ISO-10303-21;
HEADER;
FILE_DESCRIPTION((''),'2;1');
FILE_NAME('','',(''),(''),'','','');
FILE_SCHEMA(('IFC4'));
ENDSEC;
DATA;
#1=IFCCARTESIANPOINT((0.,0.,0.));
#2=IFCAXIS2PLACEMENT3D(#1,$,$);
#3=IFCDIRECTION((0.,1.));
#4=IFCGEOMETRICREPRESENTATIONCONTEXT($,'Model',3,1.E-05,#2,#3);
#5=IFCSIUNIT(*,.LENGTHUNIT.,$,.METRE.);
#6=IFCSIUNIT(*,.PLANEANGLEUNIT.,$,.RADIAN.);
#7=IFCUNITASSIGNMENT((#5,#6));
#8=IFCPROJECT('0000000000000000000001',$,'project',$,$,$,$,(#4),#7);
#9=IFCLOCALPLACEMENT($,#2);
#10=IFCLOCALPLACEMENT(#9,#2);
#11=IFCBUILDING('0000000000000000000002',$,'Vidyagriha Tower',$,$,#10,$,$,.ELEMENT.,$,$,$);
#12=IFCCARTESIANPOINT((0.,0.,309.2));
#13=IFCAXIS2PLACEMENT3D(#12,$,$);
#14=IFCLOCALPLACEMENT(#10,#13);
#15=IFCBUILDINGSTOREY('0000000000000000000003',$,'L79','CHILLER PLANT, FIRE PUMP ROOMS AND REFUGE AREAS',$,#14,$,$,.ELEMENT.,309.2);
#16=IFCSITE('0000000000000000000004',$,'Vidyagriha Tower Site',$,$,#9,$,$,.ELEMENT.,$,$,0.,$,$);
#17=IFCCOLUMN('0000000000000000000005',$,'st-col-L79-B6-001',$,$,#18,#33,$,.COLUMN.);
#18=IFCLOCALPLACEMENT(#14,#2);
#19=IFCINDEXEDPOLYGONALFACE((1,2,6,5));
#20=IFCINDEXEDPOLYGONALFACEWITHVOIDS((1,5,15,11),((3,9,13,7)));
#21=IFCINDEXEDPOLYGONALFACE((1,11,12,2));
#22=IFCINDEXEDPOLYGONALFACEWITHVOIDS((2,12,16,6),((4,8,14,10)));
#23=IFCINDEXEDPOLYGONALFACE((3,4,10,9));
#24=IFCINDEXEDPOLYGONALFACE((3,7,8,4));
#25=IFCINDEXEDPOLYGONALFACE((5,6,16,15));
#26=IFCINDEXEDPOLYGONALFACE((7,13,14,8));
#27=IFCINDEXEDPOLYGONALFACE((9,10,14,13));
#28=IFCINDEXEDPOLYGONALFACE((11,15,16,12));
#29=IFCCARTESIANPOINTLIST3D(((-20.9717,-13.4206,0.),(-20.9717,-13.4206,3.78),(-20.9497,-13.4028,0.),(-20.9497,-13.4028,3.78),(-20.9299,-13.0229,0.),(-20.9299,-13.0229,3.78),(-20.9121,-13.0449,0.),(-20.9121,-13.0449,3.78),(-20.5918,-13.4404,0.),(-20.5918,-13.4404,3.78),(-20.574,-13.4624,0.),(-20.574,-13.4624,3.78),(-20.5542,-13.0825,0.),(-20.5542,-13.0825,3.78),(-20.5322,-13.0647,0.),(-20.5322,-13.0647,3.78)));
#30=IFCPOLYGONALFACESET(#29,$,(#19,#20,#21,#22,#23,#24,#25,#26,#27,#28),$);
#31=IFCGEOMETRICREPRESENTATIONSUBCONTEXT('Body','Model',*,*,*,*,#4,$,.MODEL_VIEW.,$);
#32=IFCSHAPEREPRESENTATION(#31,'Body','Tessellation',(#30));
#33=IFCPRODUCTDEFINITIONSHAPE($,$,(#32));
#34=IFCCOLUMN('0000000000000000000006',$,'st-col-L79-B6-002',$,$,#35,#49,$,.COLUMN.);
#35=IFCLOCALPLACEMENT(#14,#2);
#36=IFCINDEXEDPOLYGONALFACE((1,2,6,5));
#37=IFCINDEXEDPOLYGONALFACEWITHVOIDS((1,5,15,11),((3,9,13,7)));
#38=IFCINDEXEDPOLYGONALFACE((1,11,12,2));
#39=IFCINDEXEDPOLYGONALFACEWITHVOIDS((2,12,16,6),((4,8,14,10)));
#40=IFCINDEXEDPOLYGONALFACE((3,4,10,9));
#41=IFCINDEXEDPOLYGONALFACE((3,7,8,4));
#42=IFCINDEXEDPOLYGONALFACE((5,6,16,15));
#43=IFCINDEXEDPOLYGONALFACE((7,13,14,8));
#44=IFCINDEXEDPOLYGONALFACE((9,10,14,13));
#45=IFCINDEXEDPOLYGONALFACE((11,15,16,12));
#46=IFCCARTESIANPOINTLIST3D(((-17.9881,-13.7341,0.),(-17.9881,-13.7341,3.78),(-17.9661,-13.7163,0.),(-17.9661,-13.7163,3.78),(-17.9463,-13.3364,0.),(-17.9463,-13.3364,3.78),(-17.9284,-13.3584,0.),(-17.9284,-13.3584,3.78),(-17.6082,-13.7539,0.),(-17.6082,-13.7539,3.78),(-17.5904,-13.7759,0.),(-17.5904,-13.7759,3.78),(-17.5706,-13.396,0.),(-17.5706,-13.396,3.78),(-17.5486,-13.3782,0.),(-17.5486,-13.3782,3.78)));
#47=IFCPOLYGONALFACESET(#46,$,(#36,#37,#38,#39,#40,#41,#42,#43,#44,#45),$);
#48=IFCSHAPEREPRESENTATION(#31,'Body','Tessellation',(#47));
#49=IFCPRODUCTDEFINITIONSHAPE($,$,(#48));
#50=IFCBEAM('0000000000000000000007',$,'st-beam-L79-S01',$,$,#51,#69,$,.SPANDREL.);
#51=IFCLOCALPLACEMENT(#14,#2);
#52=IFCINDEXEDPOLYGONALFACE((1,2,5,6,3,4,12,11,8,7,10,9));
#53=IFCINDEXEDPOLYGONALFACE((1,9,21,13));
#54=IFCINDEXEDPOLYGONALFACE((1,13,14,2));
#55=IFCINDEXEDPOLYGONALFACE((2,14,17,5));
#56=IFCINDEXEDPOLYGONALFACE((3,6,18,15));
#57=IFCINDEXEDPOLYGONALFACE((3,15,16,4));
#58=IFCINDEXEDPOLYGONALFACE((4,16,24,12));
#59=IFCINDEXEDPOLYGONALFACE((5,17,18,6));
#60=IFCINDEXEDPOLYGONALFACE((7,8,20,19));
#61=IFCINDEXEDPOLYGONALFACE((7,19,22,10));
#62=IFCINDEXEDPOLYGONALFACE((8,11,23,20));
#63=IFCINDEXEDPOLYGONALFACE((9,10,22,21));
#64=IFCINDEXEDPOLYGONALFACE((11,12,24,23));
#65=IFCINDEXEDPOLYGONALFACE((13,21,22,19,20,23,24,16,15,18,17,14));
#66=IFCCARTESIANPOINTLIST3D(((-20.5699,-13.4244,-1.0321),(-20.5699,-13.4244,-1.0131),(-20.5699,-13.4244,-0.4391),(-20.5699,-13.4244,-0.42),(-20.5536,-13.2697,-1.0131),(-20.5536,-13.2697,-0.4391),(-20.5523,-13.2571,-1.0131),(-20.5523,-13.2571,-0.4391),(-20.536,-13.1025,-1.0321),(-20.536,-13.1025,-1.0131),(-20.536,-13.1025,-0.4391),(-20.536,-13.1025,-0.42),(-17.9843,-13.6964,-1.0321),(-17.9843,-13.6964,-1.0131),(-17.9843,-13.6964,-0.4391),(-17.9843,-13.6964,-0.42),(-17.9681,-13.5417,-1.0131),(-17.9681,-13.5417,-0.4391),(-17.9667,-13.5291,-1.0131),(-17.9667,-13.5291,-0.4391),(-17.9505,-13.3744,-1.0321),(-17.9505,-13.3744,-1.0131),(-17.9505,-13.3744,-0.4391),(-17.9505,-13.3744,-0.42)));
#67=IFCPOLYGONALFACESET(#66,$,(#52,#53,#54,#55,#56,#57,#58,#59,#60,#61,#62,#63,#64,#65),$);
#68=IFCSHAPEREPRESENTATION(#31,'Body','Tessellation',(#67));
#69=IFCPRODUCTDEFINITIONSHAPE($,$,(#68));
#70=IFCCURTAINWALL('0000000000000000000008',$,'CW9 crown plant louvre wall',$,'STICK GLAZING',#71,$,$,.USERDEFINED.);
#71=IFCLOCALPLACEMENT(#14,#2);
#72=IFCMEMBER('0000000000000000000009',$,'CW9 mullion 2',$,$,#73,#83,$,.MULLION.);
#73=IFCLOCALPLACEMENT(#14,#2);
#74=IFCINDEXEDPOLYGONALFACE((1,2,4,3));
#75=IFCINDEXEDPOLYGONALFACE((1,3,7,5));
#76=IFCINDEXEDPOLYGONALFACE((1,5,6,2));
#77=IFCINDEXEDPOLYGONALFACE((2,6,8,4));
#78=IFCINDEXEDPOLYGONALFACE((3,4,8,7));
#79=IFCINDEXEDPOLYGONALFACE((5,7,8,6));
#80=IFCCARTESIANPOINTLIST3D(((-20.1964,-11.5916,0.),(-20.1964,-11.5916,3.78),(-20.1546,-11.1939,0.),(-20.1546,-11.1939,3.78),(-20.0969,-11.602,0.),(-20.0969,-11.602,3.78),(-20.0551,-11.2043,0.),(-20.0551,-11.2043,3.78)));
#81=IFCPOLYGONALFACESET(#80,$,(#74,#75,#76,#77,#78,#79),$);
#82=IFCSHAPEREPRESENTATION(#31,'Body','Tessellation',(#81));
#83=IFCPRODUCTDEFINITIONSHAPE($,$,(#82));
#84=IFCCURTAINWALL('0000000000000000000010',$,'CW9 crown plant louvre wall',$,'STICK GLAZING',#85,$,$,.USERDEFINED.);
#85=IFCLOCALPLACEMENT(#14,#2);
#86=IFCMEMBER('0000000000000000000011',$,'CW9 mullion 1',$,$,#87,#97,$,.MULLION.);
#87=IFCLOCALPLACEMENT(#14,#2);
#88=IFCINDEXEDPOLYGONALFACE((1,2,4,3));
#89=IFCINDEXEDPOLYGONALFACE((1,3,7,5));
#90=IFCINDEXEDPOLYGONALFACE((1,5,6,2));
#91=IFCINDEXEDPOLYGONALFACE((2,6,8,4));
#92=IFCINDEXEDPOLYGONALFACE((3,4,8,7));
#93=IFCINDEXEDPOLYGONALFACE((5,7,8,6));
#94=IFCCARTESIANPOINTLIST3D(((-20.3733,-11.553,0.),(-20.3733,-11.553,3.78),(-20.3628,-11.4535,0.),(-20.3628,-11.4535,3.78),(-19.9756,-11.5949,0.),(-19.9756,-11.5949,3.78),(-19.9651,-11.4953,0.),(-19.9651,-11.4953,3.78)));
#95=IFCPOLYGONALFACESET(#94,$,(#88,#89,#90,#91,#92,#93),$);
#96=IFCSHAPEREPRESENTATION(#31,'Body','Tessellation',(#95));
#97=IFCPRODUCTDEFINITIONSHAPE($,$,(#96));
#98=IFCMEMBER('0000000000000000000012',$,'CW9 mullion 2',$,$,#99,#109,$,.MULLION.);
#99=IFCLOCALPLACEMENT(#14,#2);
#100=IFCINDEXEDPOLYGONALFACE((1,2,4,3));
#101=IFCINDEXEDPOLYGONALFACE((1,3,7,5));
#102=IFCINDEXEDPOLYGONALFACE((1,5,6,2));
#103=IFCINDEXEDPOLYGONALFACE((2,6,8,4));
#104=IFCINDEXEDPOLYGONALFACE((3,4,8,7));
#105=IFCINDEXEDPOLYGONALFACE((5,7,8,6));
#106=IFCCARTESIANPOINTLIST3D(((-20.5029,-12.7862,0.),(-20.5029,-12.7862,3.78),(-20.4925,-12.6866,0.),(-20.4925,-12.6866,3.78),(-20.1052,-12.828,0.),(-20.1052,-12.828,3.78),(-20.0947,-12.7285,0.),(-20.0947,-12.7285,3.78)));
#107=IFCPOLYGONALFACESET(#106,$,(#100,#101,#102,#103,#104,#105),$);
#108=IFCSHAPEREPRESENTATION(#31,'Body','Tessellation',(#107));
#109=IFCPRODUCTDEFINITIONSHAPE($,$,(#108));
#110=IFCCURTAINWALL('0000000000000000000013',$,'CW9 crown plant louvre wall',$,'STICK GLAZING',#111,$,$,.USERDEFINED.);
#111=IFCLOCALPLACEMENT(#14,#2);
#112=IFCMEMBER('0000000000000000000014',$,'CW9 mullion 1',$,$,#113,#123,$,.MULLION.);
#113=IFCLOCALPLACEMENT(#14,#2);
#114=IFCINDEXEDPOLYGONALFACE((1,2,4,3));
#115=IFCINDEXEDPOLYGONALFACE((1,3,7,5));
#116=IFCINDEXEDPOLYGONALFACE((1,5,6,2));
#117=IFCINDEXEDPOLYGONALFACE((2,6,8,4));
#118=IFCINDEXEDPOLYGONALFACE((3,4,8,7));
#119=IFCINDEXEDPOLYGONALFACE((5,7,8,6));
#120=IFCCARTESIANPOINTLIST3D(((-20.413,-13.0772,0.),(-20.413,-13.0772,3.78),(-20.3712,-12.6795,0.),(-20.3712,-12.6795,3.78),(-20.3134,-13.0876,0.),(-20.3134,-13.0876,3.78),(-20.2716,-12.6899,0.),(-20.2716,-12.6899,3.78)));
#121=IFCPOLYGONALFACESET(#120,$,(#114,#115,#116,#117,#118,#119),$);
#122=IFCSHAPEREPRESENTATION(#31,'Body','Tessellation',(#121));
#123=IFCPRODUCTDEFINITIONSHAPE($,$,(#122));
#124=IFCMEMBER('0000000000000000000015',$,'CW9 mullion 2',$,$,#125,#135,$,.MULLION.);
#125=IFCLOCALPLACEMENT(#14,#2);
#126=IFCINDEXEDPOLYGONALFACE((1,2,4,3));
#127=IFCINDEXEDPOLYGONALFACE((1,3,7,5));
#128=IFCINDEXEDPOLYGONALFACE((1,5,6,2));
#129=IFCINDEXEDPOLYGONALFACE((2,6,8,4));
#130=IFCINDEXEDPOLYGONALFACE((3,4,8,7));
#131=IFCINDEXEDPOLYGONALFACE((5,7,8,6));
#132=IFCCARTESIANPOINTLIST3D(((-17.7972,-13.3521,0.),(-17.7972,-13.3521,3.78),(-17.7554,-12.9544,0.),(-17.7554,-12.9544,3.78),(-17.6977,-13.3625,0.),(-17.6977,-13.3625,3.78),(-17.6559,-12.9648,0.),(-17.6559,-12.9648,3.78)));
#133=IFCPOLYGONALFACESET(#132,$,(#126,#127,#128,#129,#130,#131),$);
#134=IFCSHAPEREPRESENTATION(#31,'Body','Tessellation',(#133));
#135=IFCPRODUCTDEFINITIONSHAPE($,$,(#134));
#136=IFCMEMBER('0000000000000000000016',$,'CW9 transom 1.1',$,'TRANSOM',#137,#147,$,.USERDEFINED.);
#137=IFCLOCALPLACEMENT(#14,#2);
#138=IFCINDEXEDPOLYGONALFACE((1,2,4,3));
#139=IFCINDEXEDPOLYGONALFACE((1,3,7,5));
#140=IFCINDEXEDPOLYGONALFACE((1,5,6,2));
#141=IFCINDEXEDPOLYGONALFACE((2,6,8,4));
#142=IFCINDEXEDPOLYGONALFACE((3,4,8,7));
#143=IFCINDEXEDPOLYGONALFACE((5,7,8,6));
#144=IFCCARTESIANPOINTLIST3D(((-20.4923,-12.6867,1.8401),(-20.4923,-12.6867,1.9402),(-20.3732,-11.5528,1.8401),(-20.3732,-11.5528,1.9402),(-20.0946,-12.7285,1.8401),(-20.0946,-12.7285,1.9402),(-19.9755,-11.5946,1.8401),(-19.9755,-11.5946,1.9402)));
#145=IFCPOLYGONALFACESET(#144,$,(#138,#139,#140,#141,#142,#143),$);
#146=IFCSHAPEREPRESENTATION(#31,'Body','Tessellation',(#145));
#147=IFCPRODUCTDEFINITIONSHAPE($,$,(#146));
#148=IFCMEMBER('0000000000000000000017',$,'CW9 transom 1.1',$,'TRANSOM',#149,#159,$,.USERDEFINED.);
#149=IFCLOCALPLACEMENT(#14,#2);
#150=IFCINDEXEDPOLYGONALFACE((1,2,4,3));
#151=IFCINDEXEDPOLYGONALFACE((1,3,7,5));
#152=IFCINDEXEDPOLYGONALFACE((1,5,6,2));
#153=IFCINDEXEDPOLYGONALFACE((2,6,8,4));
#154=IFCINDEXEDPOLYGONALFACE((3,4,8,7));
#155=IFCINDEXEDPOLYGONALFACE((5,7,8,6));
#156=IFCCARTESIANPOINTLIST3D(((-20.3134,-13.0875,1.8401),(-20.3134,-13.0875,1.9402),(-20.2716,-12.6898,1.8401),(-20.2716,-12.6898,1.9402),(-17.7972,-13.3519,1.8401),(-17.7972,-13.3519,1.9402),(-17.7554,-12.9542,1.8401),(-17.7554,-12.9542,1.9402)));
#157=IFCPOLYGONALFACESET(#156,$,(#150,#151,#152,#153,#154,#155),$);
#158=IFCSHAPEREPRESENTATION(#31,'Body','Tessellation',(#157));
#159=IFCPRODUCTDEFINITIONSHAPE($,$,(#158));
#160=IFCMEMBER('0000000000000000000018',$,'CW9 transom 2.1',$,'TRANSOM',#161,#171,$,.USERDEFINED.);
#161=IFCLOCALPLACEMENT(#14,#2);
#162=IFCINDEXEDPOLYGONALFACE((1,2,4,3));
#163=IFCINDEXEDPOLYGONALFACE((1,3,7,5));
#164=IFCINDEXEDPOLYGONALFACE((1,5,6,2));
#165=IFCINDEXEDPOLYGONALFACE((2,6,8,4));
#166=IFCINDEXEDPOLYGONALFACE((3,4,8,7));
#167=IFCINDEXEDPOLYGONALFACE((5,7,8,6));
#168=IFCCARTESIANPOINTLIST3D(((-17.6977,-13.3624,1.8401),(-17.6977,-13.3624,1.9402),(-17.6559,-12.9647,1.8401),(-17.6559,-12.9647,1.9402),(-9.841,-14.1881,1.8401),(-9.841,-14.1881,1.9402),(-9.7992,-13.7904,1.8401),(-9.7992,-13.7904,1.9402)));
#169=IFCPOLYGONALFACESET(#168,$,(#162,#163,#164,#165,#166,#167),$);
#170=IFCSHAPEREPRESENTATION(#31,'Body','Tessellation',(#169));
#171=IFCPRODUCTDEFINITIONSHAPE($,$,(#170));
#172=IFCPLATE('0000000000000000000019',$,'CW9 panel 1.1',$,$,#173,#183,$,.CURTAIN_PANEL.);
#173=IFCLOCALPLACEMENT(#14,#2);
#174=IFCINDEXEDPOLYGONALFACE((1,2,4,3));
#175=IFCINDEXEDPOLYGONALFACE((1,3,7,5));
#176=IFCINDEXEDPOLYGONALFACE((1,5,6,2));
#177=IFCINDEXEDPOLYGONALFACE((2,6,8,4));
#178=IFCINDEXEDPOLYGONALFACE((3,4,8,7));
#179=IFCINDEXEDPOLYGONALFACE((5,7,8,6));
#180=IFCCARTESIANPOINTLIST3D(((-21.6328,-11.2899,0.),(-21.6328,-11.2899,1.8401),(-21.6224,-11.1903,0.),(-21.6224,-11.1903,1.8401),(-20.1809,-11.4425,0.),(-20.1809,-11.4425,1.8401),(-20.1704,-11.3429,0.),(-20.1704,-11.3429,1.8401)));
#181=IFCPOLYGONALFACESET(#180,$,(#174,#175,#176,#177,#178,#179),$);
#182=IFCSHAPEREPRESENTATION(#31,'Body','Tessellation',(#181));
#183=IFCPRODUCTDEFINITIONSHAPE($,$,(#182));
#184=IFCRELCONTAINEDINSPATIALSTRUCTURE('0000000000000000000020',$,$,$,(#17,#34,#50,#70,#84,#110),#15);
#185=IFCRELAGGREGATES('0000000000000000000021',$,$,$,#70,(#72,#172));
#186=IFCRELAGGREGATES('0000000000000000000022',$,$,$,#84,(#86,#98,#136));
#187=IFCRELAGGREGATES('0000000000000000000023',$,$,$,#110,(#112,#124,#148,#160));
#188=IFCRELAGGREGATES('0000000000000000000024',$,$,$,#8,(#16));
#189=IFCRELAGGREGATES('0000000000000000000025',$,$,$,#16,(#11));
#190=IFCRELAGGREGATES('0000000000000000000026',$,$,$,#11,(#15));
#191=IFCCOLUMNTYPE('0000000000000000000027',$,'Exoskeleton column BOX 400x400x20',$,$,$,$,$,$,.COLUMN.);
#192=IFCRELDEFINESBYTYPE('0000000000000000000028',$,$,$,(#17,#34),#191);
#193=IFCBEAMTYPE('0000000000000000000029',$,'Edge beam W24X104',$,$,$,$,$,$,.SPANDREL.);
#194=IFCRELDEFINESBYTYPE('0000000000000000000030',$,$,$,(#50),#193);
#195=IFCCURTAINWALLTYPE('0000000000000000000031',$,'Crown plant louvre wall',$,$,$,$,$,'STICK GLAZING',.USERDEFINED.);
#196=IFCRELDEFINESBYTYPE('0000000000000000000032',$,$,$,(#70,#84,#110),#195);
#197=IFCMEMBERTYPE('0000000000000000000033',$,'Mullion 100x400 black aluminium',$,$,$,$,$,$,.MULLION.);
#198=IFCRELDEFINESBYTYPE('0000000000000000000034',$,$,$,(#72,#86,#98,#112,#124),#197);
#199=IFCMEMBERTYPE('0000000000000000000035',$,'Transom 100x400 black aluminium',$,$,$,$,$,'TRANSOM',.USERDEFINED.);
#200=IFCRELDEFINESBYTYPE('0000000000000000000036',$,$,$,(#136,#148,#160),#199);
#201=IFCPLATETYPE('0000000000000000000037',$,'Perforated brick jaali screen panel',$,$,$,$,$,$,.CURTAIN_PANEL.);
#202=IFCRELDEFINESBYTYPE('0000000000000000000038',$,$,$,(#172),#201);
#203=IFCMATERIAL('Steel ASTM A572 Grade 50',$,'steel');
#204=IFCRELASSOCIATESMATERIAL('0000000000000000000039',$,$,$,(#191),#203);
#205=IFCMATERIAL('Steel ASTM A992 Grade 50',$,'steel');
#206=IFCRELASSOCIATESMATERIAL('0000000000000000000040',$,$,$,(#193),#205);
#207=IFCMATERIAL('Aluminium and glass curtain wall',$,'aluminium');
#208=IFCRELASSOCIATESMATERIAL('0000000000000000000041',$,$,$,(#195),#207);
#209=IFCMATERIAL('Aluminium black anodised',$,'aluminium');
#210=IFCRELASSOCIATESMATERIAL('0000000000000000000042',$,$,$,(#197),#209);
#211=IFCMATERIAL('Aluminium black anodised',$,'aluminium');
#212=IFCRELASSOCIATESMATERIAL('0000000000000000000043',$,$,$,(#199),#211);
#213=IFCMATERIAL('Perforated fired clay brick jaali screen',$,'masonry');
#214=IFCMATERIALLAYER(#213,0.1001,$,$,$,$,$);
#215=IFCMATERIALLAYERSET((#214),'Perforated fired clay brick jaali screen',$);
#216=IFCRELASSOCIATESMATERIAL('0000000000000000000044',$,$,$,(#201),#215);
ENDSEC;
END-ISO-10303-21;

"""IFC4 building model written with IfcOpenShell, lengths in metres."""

from ifc_helpers import new_model, si_unit, direction, frame, origin, origin_2d, place, context, subcontext, project, spatial, rectangle, hollow_rectangle, i_section, extrude, material, layer, layer_set, material_profile, profile_set, type_object, element, aggregate, save


model = new_model("IFC4")

# Units and contexts
model_context = context("Model", 3, precision=1e-05, world=origin(), true_north=direction((0.0, 1.0)))
body_context = subcontext(model_context, "Body", "Model", "MODEL_VIEW")
ifc_project = project(units=[si_unit("LENGTHUNIT", "METRE"), si_unit("PLANEANGLEUNIT", "RADIAN")], contexts=[model_context])

# Site, building, storey
site_placement = place(None, origin())
site = spatial("IfcSite", under=ifc_project, at=site_placement, Name="Vidyagriha Tower Site", CompositionType="ELEMENT", RefElevation=0.0)
building_placement = place(site_placement, origin())
building = spatial("IfcBuilding", under=site, at=building_placement, Name="Vidyagriha Tower", CompositionType="ELEMENT")
storey_placement = place(building_placement, frame((0.0, 0.0, 309.2)))
storey = spatial("IfcBuildingStorey", under=building, at=storey_placement, Name="L79", Description="CHILLER PLANT, FIRE PUMP ROOMS AND REFUGE AREAS", CompositionType="ELEMENT", Elevation=309.2)

# Columns
ifc_material_1 = material(Name="Steel ASTM A572 Grade 50", Category="steel")
ifc_material_profile_1 = material_profile(ifc_material_1, hollow_rectangle(XDim=0.3999, YDim=0.3999, WallThickness=0.02, at=origin_2d()), Name="BOX 400x400x20")
ifc_profile_set_1 = profile_set([ifc_material_profile_1], Name="Steel ASTM A572 Grade 50")
column_type = type_object("IfcColumnType", Name="Exoskeleton column BOX 400x400x20", PredefinedType="COLUMN", material=ifc_profile_set_1)
for number, where, z_axis, x_axis, name in (
    (1, (-20.752, -13.2427, 0.0), (0.0, 0.0, 1.0), (0.994522, -0.104528, 0.0), "st-col-L79-B6-001"),
    (2, (-17.7683, -13.5562, 0.0), (0.0, 0.0, 1.0), (0.994522, -0.104528, 0.0), "st-col-L79-B6-002"),
):
    element("IfcColumn", number, at=place(storey_placement, frame(where, z_axis=z_axis, x_axis=x_axis)), inside=storey, type_object=column_type, Name=name, PredefinedType="COLUMN", context=body_context, shape_type="SweptSolid", body=[
        extrude(hollow_rectangle(XDim=0.3999, YDim=0.3999, WallThickness=0.02, at=origin_2d()), origin(), (0.0, 0.0, 1.0), 3.78),
    ])

# Beam
ifc_material_2 = material(Name="Steel ASTM A992 Grade 50", Category="steel")
ifc_material_profile_2 = material_profile(ifc_material_2, i_section(OverallWidth=0.3237, OverallDepth=0.6121, WebThickness=0.0127, FlangeThickness=0.019, at=origin_2d()), Name="W24X104")
ifc_profile_set_2 = profile_set([ifc_material_profile_2], Name="Steel ASTM A992 Grade 50")
beam_type = type_object("IfcBeamType", Name="Edge beam W24X104", PredefinedType="SPANDREL", material=ifc_profile_set_2)
beam_placement = place(storey_placement, frame((-20.553, -13.2634, -0.7261), z_axis=(0.994514, -0.104607, 0.0), x_axis=(0.104607, 0.994514, 0.0)))
element("IfcBeam", 3, at=beam_placement, inside=storey, type_object=beam_type, Name="st-beam-L79-S01", PredefinedType="SPANDREL", context=body_context, shape_type="SweptSolid", body=[
    extrude(i_section(OverallWidth=0.3237, OverallDepth=0.6121, WebThickness=0.0127, FlangeThickness=0.019, at=origin_2d()), origin(), (0.0, 0.0, 1.0), 2.5999),
])

# Curtain wall, member
ifc_material_3 = material(Name="Aluminium and glass curtain wall", Category="aluminium")
curtain_wall_type = type_object("IfcCurtainWallType", Name="Crown plant louvre wall", ElementType="STICK GLAZING", PredefinedType="USERDEFINED", material=ifc_material_3)
curtain_wall_1_placement = place(storey_placement, origin())
curtain_wall_1 = element("IfcCurtainWall", 4, at=curtain_wall_1_placement, inside=storey, type_object=curtain_wall_type, Name="CW9 crown plant louvre wall", ObjectType="STICK GLAZING", PredefinedType="USERDEFINED")
ifc_material_4 = material(Name="Aluminium black anodised", Category="aluminium")
ifc_material_profile_3 = material_profile(ifc_material_4, rectangle(XDim=0.3999, YDim=0.1001, at=origin_2d()), Name="Mullion 100x400 black aluminium")
ifc_profile_set_3 = profile_set([ifc_material_profile_3], Name="Aluminium black anodised")
member_type_1 = type_object("IfcMemberType", Name="Mullion 100x400 black aluminium", PredefinedType="MULLION", material=ifc_profile_set_3)
member_1_placement = place(storey_placement, frame((-20.1257, -11.3979, 0.0), z_axis=(0.0, 0.0, 1.0), x_axis=(0.104519, 0.994523, 0.0)))
member_1 = element("IfcMember", 5, at=member_1_placement, type_object=member_type_1, Name="CW9 mullion 2", PredefinedType="MULLION", context=body_context, shape_type="SweptSolid", body=[
    extrude(rectangle(XDim=0.3999, YDim=0.1001, at=origin_2d()), origin(), (0.0, 0.0, 1.0), 3.78),
])

# Curtain walls, members
curtain_wall_2_placement = place(storey_placement, origin())
curtain_wall_2 = element("IfcCurtainWall", 6, at=curtain_wall_2_placement, inside=storey, type_object=curtain_wall_type, Name="CW9 crown plant louvre wall", ObjectType="STICK GLAZING", PredefinedType="USERDEFINED")
member_2_placement = place(storey_placement, frame((-20.1692, -11.5242, 0.0), z_axis=(0.0, 0.0, 1.0), x_axis=(0.994519, -0.104557, 0.0)))
member_2 = element("IfcMember", 7, at=member_2_placement, type_object=member_type_1, Name="CW9 mullion 1", PredefinedType="MULLION", context=body_context, shape_type="SweptSolid", body=[
    extrude(rectangle(XDim=0.3999, YDim=0.1001, at=origin_2d()), origin(), (0.0, 0.0, 1.0), 3.78),
])
member_3_placement = place(storey_placement, frame((-20.2988, -12.7573, 0.0), z_axis=(0.0, 0.0, 1.0), x_axis=(0.994519, -0.104557, 0.0)))
member_3 = element("IfcMember", 8, at=member_3_placement, type_object=member_type_1, Name="CW9 mullion 2", PredefinedType="MULLION", context=body_context, shape_type="SweptSolid", body=[
    extrude(rectangle(XDim=0.3999, YDim=0.1001, at=origin_2d()), origin(), (0.0, 0.0, 1.0), 3.78),
])
curtain_wall_3_placement = place(storey_placement, origin())
curtain_wall_3 = element("IfcCurtainWall", 9, at=curtain_wall_3_placement, inside=storey, type_object=curtain_wall_type, Name="CW9 crown plant louvre wall", ObjectType="STICK GLAZING", PredefinedType="USERDEFINED")
member_4_placement = place(storey_placement, frame((-20.3423, -12.8835, 0.0), z_axis=(0.0, 0.0, 1.0), x_axis=(0.104528, 0.994522, 0.0)))
member_4 = element("IfcMember", 10, at=member_4_placement, type_object=member_type_1, Name="CW9 mullion 1", PredefinedType="MULLION", context=body_context, shape_type="SweptSolid", body=[
    extrude(rectangle(XDim=0.3999, YDim=0.1001, at=origin_2d()), origin(), (0.0, 0.0, 1.0), 3.78),
])
member_5_placement = place(storey_placement, frame((-17.7266, -13.1584, 0.0), z_axis=(0.0, 0.0, 1.0), x_axis=(0.104528, 0.994522, 0.0)))
member_5 = element("IfcMember", 11, at=member_5_placement, type_object=member_type_1, Name="CW9 mullion 2", PredefinedType="MULLION", context=body_context, shape_type="SweptSolid", body=[
    extrude(rectangle(XDim=0.3999, YDim=0.1001, at=origin_2d()), origin(), (0.0, 0.0, 1.0), 3.78),
])

# Members
ifc_material_5 = material(Name="Aluminium black anodised", Category="aluminium")
ifc_material_profile_4 = material_profile(ifc_material_5, rectangle(XDim=0.3999, YDim=0.1001, at=origin_2d()), Name="Transom 100x400 black aluminium")
ifc_profile_set_4 = profile_set([ifc_material_profile_4], Name="Aluminium black anodised")
member_type_2 = type_object("IfcMemberType", Name="Transom 100x400 black aluminium", ElementType="TRANSOM", PredefinedType="USERDEFINED", material=ifc_profile_set_4)
member_6_placement = place(storey_placement, frame((-20.1743, -11.5737, 1.8901), z_axis=(-0.104506, -0.994524, 0.0), x_axis=(0.994524, -0.104506, 0.0)))
member_6 = element("IfcMember", 12, at=member_6_placement, type_object=member_type_2, Name="CW9 transom 1.1", ObjectType="TRANSOM", PredefinedType="USERDEFINED", context=body_context, shape_type="SweptSolid", body=[
    extrude(rectangle(XDim=0.3999, YDim=0.1001, at=origin_2d()), origin(), (0.0, 0.0, 1.0), 1.1401),
])
member_7_placement = place(storey_placement, frame((-20.2925, -12.8887, 1.8901), z_axis=(0.994524, -0.104509, 0.0), x_axis=(0.104509, 0.994524, 0.0)))
member_7 = element("IfcMember", 13, at=member_7_placement, type_object=member_type_2, Name="CW9 transom 1.1", ObjectType="TRANSOM", PredefinedType="USERDEFINED", context=body_context, shape_type="SweptSolid", body=[
    extrude(rectangle(XDim=0.3999, YDim=0.1001, at=origin_2d()), origin(), (0.0, 0.0, 1.0), 2.53),
])
member_8_placement = place(storey_placement, frame((-17.6768, -13.1636, 1.8901), z_axis=(0.994523, -0.104517, 0.0), x_axis=(0.104517, 0.994523, 0.0)))
member_8 = element("IfcMember", 14, at=member_8_placement, type_object=member_type_2, Name="CW9 transom 2.1", ObjectType="TRANSOM", PredefinedType="USERDEFINED", context=body_context, shape_type="SweptSolid", body=[
    extrude(rectangle(XDim=0.3999, YDim=0.1001, at=origin_2d()), origin(), (0.0, 0.0, 1.0), 7.8999),
])

# Plate
ifc_material_6 = material(Name="Perforated fired clay brick jaali screen", Category="masonry")
ifc_layer_1 = layer(ifc_material_6, 0.1001)
ifc_layer_set_1 = layer_set([ifc_layer_1], Name="Perforated fired clay brick jaali screen")
plate_type = type_object("IfcPlateType", Name="Perforated brick jaali screen panel", PredefinedType="CURTAIN_PANEL", material=ifc_layer_set_1)
plate_1_placement = place(storey_placement, frame((-20.9016, -11.3164, 0.0), z_axis=(0.0, 0.0, 1.0), x_axis=(0.994523, -0.104519, 0.0)))
plate_1 = element("IfcPlate", 15, at=plate_1_placement, type_object=plate_type, Name="CW9 panel 1.1", PredefinedType="CURTAIN_PANEL", context=body_context, shape_type="SweptSolid", body=[
    extrude(rectangle(XDim=1.46, YDim=0.1001, at=origin_2d()), origin(), (0.0, 0.0, 1.0), 1.8401),
])
aggregate(curtain_wall_1, [member_1, plate_1])
aggregate(curtain_wall_2, [member_2, member_3, member_6])
aggregate(curtain_wall_3, [member_4, member_5, member_7, member_8])

save(model, "model.ifc")
